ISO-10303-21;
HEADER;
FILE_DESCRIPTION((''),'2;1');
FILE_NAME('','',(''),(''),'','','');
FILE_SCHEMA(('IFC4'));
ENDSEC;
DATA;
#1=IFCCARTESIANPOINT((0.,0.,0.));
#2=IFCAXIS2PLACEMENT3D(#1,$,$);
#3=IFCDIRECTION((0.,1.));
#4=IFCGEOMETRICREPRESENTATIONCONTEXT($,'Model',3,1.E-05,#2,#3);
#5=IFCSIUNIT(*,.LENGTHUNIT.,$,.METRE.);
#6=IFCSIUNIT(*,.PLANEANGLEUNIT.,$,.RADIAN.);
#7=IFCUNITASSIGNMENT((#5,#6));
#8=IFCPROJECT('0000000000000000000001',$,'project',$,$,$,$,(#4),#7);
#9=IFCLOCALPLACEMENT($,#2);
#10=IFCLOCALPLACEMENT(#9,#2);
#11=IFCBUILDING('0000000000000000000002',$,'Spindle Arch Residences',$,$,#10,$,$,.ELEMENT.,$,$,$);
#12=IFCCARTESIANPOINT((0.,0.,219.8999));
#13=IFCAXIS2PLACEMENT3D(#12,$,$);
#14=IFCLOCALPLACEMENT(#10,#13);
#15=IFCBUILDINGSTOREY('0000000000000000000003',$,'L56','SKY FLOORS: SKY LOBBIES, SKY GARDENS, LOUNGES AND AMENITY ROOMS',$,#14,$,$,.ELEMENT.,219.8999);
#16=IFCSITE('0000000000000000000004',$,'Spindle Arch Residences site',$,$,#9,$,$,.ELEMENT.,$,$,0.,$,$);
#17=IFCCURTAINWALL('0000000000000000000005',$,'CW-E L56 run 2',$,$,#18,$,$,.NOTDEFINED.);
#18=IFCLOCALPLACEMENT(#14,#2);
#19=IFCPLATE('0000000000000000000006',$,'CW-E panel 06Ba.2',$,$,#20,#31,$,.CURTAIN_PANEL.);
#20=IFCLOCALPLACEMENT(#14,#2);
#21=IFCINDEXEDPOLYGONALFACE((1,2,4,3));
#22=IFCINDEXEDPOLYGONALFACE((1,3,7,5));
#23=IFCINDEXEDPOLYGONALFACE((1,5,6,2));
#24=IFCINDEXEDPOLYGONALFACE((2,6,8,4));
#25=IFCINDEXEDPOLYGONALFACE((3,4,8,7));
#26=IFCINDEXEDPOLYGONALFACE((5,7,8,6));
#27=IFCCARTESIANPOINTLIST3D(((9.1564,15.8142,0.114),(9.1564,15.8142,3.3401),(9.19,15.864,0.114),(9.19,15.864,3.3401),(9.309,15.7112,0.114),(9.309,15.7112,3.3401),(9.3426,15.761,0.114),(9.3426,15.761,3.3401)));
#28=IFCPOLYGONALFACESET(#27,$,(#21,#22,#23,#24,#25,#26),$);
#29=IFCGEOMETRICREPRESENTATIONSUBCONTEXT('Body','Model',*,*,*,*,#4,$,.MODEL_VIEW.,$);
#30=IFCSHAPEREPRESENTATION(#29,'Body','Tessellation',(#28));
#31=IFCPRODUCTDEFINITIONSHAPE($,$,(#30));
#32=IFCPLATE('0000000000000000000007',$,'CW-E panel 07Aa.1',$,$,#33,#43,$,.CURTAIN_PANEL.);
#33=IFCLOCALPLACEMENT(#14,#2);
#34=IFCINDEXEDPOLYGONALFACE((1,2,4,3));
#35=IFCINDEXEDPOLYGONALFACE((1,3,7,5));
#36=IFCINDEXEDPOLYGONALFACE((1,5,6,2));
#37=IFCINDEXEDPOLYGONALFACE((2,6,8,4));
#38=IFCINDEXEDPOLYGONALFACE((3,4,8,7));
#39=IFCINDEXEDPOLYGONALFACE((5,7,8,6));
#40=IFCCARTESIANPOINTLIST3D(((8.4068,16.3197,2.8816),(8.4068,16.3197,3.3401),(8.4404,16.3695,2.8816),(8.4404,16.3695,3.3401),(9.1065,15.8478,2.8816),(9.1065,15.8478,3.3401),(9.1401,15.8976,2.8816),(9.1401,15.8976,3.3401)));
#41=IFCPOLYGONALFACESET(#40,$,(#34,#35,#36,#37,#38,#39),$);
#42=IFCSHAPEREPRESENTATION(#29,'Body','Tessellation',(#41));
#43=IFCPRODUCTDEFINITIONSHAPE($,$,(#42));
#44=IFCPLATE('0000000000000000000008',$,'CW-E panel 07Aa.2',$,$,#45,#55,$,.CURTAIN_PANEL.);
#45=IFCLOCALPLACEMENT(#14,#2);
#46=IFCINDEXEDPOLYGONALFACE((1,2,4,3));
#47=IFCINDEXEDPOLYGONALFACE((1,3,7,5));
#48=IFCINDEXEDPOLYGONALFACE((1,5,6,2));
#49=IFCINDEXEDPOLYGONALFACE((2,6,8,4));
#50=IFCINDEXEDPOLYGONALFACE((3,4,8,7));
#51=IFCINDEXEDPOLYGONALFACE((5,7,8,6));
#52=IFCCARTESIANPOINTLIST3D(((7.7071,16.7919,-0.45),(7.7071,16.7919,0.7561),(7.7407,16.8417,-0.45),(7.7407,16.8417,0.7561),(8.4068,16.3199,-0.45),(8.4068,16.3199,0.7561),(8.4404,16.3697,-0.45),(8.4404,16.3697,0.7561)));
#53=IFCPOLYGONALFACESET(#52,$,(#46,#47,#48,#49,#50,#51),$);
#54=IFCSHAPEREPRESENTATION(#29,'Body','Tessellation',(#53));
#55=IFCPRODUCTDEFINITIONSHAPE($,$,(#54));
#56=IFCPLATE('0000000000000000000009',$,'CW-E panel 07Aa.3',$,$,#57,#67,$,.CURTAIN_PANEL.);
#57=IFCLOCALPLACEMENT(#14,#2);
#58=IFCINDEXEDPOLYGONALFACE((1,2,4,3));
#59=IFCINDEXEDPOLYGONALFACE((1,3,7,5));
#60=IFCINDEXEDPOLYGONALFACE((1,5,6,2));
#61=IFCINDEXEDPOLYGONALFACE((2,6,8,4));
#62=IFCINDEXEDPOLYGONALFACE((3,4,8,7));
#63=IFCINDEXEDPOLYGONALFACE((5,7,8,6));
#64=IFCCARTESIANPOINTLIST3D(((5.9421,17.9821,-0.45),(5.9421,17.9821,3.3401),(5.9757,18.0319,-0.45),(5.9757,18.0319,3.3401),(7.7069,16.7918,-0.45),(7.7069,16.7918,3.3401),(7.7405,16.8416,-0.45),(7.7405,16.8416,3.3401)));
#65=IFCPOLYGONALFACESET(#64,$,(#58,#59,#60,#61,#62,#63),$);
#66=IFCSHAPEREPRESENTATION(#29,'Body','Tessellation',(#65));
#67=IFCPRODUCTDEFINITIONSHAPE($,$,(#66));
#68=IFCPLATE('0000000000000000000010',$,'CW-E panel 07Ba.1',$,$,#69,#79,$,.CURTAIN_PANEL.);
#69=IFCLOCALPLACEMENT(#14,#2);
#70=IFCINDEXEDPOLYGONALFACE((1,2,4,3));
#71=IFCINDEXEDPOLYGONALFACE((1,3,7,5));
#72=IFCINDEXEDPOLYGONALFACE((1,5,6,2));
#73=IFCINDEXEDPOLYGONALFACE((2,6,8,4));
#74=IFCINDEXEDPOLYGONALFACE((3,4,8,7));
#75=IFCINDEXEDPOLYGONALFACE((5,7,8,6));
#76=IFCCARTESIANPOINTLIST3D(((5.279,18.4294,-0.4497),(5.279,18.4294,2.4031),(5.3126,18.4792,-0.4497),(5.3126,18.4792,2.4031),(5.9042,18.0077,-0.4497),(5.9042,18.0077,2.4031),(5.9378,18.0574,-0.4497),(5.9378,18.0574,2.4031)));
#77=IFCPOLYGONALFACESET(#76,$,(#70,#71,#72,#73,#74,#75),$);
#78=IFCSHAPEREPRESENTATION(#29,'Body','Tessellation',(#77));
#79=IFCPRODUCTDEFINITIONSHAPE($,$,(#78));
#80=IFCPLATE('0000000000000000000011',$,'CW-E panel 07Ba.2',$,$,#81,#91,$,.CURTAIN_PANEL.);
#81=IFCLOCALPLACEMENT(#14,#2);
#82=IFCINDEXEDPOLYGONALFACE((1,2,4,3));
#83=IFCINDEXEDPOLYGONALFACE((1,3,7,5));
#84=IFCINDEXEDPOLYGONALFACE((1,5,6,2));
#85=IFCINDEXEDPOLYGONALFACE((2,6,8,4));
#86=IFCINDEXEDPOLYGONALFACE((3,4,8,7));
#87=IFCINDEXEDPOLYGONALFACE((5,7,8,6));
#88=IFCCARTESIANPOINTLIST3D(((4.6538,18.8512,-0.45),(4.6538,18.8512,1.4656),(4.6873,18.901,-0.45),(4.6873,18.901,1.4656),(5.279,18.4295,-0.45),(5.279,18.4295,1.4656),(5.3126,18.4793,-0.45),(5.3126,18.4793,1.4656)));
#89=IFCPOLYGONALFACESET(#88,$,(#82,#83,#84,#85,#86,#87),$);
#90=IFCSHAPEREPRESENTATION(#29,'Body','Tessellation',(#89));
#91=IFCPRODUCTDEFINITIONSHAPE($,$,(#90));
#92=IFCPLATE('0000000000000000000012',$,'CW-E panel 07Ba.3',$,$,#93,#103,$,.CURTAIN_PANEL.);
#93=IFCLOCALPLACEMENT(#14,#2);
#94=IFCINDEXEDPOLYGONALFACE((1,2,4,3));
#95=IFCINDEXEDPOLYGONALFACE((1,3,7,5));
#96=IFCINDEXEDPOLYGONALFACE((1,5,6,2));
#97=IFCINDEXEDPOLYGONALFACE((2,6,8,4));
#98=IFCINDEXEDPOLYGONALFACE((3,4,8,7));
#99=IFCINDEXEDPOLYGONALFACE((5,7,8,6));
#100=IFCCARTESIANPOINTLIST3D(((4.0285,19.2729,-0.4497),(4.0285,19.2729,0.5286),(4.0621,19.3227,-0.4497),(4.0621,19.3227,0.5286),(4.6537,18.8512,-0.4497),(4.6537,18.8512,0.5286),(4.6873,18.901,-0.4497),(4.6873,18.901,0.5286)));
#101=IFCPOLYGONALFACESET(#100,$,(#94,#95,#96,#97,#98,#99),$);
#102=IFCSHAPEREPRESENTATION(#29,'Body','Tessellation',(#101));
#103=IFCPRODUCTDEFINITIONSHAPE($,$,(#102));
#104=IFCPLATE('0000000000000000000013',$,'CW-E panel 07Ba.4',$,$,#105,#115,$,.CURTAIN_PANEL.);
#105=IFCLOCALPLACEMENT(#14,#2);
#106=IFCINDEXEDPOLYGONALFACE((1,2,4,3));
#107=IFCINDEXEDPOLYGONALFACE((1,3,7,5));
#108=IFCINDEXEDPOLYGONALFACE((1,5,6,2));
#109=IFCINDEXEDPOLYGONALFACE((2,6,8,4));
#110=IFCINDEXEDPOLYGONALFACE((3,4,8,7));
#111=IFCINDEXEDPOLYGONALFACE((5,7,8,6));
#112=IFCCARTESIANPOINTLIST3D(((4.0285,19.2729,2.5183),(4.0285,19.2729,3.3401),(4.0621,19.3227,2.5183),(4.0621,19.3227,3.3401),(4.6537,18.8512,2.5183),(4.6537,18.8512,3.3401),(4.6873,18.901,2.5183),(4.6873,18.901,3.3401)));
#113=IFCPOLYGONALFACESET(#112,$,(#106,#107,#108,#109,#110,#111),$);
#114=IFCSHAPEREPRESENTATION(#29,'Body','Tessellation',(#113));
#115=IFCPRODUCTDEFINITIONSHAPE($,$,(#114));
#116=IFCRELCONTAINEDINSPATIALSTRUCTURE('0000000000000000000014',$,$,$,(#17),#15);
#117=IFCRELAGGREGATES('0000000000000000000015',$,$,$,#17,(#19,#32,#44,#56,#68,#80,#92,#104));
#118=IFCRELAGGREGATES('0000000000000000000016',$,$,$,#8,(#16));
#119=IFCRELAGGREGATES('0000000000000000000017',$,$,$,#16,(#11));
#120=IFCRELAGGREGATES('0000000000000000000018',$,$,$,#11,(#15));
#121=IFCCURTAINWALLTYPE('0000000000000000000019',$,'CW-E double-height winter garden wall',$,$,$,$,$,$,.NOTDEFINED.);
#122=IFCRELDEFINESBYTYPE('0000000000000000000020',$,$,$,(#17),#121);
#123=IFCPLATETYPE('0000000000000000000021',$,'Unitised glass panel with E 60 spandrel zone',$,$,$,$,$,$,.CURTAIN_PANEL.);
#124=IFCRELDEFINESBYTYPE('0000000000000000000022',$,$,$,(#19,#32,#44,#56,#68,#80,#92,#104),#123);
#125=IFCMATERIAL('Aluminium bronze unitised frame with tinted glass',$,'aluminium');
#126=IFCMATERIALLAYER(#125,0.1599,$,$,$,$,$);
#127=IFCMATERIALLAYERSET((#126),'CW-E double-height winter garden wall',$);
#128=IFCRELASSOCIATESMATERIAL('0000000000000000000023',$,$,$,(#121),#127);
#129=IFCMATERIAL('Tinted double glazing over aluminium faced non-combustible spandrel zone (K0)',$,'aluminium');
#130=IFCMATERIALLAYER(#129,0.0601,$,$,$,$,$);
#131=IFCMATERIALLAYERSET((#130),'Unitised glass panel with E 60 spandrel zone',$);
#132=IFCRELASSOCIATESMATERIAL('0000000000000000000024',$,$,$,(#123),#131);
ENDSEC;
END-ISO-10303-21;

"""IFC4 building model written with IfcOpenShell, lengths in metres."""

from ifc_helpers import new_model, si_unit, direction, frame, origin, origin_2d, place, context, subcontext, project, spatial, rectangle, extrude, material, layer, layer_set, type_object, element, aggregate, save


model = new_model("IFC4")

# Units and contexts
model_context = context("Model", 3, precision=1e-05, world=origin(), true_north=direction((0.0, 1.0)))
body_context = subcontext(model_context, "Body", "Model", "MODEL_VIEW")
ifc_project = project(units=[si_unit("LENGTHUNIT", "METRE"), si_unit("PLANEANGLEUNIT", "RADIAN")], contexts=[model_context])

# Site, building, storey
site_placement = place(None, origin())
site = spatial("IfcSite", under=ifc_project, at=site_placement, Name="Spindle Arch Residences site", CompositionType="ELEMENT", RefElevation=0.0)
building_placement = place(site_placement, origin())
building = spatial("IfcBuilding", under=site, at=building_placement, Name="Spindle Arch Residences", CompositionType="ELEMENT")
storey_placement = place(building_placement, frame((0.0, 0.0, 219.8999)))
storey = spatial("IfcBuildingStorey", under=building, at=storey_placement, Name="L56", Description="SKY FLOORS: SKY LOBBIES, SKY GARDENS, LOUNGES AND AMENITY ROOMS", CompositionType="ELEMENT", Elevation=219.8999)

# Curtain wall, plates
ifc_material_1 = material(Name="Aluminium bronze unitised frame with tinted glass", Category="aluminium")
ifc_layer_1 = layer(ifc_material_1, 0.1599)
ifc_layer_set_1 = layer_set([ifc_layer_1], Name="CW-E double-height winter garden wall")
curtain_wall_type = type_object("IfcCurtainWallType", Name="CW-E double-height winter garden wall", PredefinedType="NOTDEFINED", material=ifc_layer_set_1)
curtain_wall_placement = place(storey_placement, origin())
curtain_wall = element("IfcCurtainWall", 1, at=curtain_wall_placement, inside=storey, type_object=curtain_wall_type, Name="CW-E L56 run 2", PredefinedType="NOTDEFINED")
ifc_material_2 = material(Name="Tinted double glazing over aluminium faced non-combustible spandrel zone (K0)", Category="aluminium")
ifc_layer_2 = layer(ifc_material_2, 0.0601)
ifc_layer_set_2 = layer_set([ifc_layer_2], Name="Unitised glass panel with E 60 spandrel zone")
plate_type_1 = type_object("IfcPlateType", Name="Unitised glass panel with E 60 spandrel zone", PredefinedType="CURTAIN_PANEL", material=ifc_layer_set_2)
plate_1_placement = place(storey_placement, frame((9.2495, 15.7876, 0.114), z_axis=(0.0, 0.0, 1.0), x_axis=(-0.829038, 0.559193, 0.0)))
plate_1 = element("IfcPlate", 2, at=plate_1_placement, type_object=plate_type_1, Name="CW-E panel 06Ba.2", PredefinedType="CURTAIN_PANEL", context=body_context, shape_type="SweptSolid", body=[
    extrude(rectangle(XDim=0.1841, YDim=0.0601, at=origin_2d()), origin(), (0.0, 0.0, 1.0), 3.2261),
])
plate_2_placement = place(storey_placement, frame((8.7734, 16.1086, 2.8816), z_axis=(0.0, 0.0, 1.0), x_axis=(-0.829038, 0.559193, 0.0)))
plate_2 = element("IfcPlate", 3, at=plate_2_placement, type_object=plate_type_1, Name="CW-E panel 07Aa.1", PredefinedType="CURTAIN_PANEL", context=body_context, shape_type="SweptSolid", body=[
    extrude(rectangle(XDim=0.844, YDim=0.0601, at=origin_2d()), origin(), (0.0, 0.0, 1.0), 0.4585),
])
plate_3_placement = place(storey_placement, frame((8.0737, 16.5808, -0.45), z_axis=(0.0, 0.0, 1.0), x_axis=(-0.829038, 0.559193, 0.0)))
plate_3 = element("IfcPlate", 4, at=plate_3_placement, type_object=plate_type_1, Name="CW-E panel 07Aa.2", PredefinedType="CURTAIN_PANEL", context=body_context, shape_type="SweptSolid", body=[
    extrude(rectangle(XDim=0.844, YDim=0.0601, at=origin_2d()), origin(), (0.0, 0.0, 1.0), 1.2061),
])
plate_4_placement = place(storey_placement, frame((6.8413, 17.4119, -0.45), z_axis=(0.0, 0.0, 1.0), x_axis=(-0.829038, 0.559193, 0.0)))
plate_4 = element("IfcPlate", 5, at=plate_4_placement, type_object=plate_type_1, Name="CW-E panel 07Aa.3", PredefinedType="CURTAIN_PANEL", context=body_context, shape_type="SweptSolid", body=[
    extrude(rectangle(XDim=2.1287, YDim=0.0601, at=origin_2d()), origin(), (0.0, 0.0, 1.0), 3.79),
])
plate_5_placement = place(storey_placement, frame((5.6084, 18.2434, -0.4497), z_axis=(0.0, 0.0, 1.0), x_axis=(-0.829038, 0.559193, 0.0)))
plate_5 = element("IfcPlate", 6, at=plate_5_placement, type_object=plate_type_1, Name="CW-E panel 07Ba.1", PredefinedType="CURTAIN_PANEL", context=body_context, shape_type="SweptSolid", body=[
    extrude(rectangle(XDim=0.7542, YDim=0.0601, at=origin_2d()), origin(), (0.0, 0.0, 1.0), 2.8528),
])
plate_6_placement = place(storey_placement, frame((4.9832, 18.6653, -0.45), z_axis=(0.0, 0.0, 1.0), x_axis=(-0.829038, 0.559193, 0.0)))
plate_6 = element("IfcPlate", 7, at=plate_6_placement, type_object=plate_type_1, Name="CW-E panel 07Ba.2", PredefinedType="CURTAIN_PANEL", context=body_context, shape_type="SweptSolid", body=[
    extrude(rectangle(XDim=0.7542, YDim=0.0601, at=origin_2d()), origin(), (0.0, 0.0, 1.0), 1.9155),
])
plate_7_placement = place(storey_placement, frame((4.3579, 19.0869, -0.4497), z_axis=(0.0, 0.0, 1.0), x_axis=(-0.829038, 0.559193, 0.0)))
plate_7 = element("IfcPlate", 8, at=plate_7_placement, type_object=plate_type_1, Name="CW-E panel 07Ba.3", PredefinedType="CURTAIN_PANEL", context=body_context, shape_type="SweptSolid", body=[
    extrude(rectangle(XDim=0.7542, YDim=0.0601, at=origin_2d()), origin(), (0.0, 0.0, 1.0), 0.9783),
])
plate_8_placement = place(storey_placement, frame((4.3579, 19.0869, 2.5183), z_axis=(0.0, 0.0, 1.0), x_axis=(-0.829038, 0.559193, 0.0)))
plate_8 = element("IfcPlate", 9, at=plate_8_placement, type_object=plate_type_1, Name="CW-E panel 07Ba.4", PredefinedType="CURTAIN_PANEL", context=body_context, shape_type="SweptSolid", body=[
    extrude(rectangle(XDim=0.7542, YDim=0.0601, at=origin_2d()), origin(), (0.0, 0.0, 1.0), 0.8218),
])
aggregate(curtain_wall, [plate_1, plate_2, plate_3, plate_4, plate_5, plate_6, plate_7, plate_8])

save(model, "model.ifc")
